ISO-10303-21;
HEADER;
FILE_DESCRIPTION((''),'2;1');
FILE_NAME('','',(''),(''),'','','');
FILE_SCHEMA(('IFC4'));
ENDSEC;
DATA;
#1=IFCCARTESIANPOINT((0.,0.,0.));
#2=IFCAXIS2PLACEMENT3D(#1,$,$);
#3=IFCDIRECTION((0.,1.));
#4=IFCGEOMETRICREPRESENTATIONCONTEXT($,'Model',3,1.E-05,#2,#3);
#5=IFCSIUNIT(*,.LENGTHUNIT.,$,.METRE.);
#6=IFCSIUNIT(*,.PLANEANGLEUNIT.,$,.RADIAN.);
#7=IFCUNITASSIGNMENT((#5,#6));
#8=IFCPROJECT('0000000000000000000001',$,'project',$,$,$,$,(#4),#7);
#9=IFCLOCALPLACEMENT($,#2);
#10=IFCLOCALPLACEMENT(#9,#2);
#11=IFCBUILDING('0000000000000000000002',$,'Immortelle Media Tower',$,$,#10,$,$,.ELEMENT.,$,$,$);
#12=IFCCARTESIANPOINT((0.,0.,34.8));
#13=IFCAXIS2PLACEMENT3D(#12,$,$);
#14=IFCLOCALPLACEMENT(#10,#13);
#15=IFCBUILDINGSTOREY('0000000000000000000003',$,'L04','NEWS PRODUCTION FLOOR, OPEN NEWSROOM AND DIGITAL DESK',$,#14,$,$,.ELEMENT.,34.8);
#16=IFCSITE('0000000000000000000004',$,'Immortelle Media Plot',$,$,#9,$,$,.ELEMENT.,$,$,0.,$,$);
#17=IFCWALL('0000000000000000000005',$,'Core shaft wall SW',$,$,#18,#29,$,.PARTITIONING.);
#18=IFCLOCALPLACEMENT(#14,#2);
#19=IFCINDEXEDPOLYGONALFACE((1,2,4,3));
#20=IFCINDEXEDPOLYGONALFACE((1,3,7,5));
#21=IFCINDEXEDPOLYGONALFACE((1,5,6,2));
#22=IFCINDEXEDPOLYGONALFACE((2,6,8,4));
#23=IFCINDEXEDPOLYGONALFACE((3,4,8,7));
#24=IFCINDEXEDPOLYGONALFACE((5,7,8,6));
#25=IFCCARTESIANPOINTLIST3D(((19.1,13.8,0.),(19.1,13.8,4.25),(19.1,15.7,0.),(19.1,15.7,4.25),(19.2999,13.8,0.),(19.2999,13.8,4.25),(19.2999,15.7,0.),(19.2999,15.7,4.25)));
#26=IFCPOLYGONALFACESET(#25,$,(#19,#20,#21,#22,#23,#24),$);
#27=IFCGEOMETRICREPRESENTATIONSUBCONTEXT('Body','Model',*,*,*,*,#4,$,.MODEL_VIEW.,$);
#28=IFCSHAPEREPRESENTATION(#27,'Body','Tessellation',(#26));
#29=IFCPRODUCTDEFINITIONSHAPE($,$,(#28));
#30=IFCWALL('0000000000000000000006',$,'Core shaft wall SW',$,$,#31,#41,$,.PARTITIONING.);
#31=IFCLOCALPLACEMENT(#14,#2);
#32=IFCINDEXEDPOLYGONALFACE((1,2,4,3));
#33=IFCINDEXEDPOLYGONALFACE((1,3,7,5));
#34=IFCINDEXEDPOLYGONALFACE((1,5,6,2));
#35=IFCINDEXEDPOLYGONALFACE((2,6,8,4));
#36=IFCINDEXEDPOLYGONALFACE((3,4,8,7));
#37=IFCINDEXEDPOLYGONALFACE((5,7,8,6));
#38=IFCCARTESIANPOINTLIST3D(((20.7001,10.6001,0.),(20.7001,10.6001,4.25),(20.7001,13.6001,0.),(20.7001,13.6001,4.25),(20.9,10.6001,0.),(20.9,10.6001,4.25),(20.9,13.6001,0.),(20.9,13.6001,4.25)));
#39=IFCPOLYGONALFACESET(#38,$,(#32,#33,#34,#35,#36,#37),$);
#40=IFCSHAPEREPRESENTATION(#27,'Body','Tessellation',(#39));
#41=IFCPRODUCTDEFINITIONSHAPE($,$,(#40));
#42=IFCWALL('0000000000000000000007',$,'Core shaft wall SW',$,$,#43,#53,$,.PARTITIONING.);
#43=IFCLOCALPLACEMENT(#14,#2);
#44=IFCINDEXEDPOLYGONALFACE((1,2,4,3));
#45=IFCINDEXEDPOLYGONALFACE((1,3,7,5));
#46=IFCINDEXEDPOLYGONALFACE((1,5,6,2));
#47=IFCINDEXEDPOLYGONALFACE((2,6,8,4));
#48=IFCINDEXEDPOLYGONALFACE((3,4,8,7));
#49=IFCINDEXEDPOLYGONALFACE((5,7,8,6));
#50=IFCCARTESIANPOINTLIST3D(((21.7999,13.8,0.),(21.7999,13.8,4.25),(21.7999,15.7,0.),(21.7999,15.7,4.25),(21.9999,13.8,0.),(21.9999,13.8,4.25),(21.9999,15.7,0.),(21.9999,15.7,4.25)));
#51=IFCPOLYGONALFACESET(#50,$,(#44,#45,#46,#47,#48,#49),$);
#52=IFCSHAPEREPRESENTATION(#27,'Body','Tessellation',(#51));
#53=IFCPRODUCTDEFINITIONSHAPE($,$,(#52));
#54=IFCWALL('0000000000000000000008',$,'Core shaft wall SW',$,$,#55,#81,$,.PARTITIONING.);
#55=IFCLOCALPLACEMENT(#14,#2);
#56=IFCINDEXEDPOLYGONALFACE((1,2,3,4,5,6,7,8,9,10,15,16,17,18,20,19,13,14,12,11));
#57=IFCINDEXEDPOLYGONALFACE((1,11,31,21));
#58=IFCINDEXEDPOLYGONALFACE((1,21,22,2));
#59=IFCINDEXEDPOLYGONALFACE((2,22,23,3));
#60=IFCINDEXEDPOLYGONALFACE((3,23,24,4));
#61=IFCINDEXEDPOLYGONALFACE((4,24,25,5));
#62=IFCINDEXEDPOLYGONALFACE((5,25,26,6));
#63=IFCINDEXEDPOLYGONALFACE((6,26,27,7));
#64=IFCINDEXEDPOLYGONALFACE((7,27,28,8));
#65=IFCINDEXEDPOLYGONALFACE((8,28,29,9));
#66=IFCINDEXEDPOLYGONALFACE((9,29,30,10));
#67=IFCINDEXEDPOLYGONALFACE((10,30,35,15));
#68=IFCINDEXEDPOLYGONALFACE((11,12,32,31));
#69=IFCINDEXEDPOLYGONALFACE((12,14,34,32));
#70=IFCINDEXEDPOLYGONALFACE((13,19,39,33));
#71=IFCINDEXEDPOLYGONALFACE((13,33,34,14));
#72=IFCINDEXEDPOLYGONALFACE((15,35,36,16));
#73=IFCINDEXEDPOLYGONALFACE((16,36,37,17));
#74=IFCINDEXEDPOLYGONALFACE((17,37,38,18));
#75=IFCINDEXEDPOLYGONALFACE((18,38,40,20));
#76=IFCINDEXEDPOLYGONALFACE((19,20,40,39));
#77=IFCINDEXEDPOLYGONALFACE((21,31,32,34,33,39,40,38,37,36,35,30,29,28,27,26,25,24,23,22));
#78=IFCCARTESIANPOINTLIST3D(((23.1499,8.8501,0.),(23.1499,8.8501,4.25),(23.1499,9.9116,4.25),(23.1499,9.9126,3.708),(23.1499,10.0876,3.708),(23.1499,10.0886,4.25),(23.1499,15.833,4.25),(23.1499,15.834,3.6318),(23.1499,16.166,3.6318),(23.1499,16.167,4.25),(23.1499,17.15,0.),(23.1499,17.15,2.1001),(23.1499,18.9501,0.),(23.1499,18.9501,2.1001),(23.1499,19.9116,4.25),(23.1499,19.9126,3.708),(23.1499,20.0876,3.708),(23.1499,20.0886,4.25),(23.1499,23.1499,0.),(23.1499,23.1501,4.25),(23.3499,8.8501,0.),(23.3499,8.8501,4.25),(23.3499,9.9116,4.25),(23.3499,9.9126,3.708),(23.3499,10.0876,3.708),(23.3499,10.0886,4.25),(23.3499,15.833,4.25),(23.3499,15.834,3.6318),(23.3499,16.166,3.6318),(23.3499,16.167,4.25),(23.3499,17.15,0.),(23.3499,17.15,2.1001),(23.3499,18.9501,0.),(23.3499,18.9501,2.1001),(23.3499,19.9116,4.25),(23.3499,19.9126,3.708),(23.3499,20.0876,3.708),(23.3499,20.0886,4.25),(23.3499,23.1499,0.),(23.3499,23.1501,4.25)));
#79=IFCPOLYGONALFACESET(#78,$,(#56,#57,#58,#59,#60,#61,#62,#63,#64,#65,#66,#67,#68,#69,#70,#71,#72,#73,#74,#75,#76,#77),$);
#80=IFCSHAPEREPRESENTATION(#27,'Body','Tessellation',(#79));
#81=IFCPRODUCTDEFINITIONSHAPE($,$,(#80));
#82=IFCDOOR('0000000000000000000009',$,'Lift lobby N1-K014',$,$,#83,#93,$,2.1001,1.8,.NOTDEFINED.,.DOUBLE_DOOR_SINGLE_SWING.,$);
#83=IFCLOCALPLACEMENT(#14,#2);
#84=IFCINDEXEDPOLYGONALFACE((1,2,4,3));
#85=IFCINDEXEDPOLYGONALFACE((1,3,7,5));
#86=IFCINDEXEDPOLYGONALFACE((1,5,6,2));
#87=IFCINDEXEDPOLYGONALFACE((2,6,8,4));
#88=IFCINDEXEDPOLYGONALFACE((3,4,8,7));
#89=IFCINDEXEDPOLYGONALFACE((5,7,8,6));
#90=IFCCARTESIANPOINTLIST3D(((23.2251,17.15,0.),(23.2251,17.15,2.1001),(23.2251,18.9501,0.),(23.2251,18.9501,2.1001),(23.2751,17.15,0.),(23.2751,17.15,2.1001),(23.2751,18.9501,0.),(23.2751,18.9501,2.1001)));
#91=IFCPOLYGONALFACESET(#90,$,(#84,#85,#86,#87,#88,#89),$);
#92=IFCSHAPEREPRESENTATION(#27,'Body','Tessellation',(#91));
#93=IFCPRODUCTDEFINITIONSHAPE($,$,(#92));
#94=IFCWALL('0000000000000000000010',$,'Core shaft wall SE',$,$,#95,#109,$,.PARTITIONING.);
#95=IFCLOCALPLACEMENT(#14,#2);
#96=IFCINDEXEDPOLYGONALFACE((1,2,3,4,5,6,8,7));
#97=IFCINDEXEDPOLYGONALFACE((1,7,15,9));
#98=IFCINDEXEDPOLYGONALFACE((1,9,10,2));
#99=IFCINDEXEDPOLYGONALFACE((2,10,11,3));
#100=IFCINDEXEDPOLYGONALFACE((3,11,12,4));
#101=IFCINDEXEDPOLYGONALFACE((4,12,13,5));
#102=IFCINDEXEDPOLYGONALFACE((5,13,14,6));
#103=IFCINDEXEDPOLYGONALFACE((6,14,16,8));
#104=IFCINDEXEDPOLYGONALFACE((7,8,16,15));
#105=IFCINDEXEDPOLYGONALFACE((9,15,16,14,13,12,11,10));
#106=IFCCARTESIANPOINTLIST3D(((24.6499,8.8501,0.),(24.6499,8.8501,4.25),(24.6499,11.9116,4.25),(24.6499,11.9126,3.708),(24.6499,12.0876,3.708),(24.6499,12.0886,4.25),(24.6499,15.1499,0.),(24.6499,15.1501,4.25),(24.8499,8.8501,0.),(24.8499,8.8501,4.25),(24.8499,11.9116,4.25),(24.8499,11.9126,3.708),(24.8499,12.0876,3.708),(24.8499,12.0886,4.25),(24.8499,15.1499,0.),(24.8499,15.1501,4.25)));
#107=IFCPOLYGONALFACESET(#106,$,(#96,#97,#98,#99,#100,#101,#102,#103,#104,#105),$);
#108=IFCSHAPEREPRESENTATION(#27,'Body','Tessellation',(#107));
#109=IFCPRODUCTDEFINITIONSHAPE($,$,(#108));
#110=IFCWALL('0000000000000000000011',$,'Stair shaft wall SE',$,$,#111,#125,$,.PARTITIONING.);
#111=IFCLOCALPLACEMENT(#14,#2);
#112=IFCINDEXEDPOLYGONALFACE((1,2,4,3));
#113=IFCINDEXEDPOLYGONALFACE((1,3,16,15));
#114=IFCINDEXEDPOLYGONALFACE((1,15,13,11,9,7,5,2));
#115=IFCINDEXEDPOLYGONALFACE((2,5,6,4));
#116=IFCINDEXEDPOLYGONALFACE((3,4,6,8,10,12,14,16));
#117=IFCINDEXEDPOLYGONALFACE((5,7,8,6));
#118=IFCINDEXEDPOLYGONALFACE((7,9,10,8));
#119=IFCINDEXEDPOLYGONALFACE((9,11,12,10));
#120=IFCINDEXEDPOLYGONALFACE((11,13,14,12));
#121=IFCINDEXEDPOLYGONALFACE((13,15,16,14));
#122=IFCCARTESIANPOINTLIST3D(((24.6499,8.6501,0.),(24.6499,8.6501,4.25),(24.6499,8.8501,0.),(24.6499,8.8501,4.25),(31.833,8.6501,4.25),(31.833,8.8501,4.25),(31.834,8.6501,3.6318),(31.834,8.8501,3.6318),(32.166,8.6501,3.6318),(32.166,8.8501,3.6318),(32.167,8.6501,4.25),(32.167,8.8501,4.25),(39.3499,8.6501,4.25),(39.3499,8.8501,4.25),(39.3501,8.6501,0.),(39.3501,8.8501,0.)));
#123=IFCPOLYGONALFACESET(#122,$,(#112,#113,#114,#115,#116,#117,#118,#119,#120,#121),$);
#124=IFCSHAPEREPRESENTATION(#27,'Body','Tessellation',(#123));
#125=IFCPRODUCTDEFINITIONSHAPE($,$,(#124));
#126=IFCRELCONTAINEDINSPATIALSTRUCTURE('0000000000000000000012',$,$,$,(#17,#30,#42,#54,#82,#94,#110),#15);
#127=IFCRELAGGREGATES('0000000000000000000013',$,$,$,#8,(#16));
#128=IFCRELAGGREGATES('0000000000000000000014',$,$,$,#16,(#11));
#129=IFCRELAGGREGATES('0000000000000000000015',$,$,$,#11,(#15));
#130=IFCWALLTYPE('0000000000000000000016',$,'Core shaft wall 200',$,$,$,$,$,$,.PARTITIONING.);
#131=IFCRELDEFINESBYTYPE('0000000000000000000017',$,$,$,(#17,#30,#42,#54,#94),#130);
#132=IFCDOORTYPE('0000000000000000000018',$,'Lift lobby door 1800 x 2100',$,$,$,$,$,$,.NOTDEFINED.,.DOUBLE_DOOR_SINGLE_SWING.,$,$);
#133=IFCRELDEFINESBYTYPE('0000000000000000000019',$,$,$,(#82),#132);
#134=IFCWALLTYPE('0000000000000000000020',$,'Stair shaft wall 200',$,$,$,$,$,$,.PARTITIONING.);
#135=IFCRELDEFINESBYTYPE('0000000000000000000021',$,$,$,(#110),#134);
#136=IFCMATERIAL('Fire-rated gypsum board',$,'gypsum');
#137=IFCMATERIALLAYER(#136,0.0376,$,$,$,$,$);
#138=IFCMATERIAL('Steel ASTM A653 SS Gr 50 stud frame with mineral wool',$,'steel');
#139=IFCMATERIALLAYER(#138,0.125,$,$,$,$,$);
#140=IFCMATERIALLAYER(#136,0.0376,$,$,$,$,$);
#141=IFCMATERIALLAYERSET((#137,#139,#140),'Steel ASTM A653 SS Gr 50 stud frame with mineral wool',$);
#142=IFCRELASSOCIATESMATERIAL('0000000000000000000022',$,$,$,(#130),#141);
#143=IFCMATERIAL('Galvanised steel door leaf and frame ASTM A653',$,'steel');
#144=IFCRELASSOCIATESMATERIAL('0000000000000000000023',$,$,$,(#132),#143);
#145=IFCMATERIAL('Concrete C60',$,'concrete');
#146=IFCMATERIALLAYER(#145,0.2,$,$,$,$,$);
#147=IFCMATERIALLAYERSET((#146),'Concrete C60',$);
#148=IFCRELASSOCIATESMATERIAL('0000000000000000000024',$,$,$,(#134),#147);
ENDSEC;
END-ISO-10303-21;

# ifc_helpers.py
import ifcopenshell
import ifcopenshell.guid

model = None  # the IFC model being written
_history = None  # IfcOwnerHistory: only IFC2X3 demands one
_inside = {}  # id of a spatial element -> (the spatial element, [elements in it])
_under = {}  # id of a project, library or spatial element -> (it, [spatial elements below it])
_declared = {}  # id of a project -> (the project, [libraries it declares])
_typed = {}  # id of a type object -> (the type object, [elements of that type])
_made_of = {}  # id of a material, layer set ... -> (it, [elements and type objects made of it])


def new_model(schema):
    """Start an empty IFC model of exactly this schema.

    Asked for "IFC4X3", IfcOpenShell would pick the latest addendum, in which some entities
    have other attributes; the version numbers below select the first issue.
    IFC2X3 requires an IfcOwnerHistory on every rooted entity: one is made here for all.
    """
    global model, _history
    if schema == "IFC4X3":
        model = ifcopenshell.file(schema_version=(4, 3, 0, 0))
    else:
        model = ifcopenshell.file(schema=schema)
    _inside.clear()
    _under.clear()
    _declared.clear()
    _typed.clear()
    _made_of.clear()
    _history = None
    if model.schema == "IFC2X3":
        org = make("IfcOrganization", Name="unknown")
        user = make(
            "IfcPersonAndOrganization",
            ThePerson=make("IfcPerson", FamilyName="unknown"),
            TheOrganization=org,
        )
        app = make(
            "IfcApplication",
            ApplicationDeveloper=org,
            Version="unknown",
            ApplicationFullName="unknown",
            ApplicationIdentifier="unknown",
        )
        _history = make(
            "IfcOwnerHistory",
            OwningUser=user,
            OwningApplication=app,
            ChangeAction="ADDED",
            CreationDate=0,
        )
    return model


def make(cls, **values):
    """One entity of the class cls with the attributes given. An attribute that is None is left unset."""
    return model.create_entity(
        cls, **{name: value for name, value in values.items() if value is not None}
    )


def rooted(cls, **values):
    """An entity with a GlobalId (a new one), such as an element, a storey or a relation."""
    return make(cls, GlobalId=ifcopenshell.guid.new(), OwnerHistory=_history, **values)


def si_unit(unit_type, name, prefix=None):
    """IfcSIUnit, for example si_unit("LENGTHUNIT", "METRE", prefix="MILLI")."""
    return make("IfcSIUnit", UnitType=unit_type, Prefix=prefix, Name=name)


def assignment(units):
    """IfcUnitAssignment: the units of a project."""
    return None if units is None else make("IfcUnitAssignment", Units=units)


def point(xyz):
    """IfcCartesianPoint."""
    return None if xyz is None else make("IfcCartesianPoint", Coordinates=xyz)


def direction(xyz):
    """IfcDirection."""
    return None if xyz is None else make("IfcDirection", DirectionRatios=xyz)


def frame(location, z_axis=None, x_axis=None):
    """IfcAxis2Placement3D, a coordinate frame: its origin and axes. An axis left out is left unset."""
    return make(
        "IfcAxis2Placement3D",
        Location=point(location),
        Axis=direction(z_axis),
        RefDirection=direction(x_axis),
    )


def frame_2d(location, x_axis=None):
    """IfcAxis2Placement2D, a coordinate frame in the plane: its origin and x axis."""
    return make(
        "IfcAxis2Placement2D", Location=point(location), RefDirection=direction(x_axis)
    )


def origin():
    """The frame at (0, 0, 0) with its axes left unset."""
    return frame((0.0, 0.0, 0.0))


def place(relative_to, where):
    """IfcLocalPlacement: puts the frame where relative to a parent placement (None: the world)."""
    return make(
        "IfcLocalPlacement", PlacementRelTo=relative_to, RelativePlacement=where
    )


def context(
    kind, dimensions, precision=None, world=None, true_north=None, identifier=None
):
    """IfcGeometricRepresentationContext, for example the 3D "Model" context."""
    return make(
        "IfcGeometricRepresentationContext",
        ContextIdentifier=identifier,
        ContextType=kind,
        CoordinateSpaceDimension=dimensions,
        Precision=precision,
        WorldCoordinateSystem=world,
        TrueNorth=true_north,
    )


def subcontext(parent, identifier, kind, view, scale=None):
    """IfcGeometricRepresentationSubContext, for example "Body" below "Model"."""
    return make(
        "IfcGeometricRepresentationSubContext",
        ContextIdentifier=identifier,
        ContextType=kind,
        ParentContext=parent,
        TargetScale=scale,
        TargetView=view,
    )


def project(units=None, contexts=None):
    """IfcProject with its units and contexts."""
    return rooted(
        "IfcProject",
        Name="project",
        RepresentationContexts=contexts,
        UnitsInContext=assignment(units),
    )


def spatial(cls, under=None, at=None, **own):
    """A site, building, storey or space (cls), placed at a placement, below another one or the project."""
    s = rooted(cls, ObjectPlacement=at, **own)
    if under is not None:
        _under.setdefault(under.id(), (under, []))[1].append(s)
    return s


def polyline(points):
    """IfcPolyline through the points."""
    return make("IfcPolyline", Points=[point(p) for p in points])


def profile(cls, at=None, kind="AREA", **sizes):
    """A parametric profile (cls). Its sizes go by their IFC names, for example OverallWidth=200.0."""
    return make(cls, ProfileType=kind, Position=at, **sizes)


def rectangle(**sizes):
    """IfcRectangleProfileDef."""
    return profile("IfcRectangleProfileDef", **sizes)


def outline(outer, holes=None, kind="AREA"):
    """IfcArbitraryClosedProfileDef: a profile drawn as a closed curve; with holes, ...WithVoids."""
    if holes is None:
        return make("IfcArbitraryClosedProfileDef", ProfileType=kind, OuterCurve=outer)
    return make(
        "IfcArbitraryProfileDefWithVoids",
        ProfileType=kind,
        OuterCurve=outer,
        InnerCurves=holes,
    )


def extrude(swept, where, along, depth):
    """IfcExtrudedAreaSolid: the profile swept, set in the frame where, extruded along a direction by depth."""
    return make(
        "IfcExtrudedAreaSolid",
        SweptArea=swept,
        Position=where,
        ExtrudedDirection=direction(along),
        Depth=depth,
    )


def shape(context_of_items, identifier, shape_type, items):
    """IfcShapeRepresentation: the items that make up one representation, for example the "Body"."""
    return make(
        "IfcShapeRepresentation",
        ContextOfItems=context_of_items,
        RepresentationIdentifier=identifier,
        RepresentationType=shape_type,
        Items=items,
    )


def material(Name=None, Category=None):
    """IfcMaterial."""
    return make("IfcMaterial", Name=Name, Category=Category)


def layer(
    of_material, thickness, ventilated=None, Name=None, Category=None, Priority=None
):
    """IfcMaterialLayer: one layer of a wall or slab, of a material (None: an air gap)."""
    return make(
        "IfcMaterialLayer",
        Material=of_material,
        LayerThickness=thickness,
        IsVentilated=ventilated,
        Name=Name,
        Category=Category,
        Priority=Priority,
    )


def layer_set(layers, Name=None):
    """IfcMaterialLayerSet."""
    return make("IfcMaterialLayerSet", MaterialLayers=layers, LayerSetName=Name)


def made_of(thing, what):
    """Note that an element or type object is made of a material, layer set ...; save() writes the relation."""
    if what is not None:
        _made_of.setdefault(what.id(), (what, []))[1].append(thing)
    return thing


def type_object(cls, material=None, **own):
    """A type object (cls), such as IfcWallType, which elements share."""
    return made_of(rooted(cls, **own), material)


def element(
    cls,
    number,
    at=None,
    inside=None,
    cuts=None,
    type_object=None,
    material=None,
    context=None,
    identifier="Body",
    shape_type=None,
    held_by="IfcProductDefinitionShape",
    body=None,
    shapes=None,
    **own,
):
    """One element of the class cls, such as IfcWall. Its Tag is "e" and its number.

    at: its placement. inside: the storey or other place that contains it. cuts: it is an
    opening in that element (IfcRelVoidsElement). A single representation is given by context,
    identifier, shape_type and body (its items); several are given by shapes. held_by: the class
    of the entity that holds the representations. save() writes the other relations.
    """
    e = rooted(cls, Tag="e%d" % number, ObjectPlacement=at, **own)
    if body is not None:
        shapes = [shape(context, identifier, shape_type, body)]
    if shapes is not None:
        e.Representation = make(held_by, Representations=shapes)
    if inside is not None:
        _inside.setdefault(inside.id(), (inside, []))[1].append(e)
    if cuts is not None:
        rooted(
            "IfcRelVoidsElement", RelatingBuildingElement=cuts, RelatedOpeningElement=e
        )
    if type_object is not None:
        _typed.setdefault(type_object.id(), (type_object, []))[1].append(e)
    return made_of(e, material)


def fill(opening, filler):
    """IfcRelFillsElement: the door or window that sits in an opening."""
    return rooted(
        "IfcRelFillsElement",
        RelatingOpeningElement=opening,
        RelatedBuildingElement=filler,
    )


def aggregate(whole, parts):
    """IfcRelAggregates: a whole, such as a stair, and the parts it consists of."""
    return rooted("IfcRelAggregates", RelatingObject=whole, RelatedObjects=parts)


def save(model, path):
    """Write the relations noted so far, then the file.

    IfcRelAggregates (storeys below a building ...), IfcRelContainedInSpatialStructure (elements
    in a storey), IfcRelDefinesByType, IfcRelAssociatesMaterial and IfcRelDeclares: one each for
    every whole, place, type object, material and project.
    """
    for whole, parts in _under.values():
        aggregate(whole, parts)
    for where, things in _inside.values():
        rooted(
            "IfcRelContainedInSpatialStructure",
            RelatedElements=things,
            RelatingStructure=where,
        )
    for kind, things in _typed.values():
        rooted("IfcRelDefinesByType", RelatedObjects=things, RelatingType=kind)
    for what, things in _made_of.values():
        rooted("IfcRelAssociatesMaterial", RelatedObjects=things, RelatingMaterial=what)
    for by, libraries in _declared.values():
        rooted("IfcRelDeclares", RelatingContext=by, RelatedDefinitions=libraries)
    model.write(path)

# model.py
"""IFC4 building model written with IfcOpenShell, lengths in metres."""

from ifc_helpers import new_model, si_unit, direction, frame, frame_2d, origin, place, context, subcontext, project, spatial, polyline, rectangle, outline, extrude, material, layer, layer_set, type_object, element, fill, save


model = new_model("IFC4")

# Units and contexts
model_context = context("Model", 3, precision=1e-05, world=origin(), true_north=direction((0.0, 1.0)))
body_context = subcontext(model_context, "Body", "Model", "MODEL_VIEW")
ifc_project = project(units=[si_unit("LENGTHUNIT", "METRE"), si_unit("PLANEANGLEUNIT", "RADIAN")], contexts=[model_context])

# Site, building, storey
site_placement = place(None, origin())
site = spatial("IfcSite", under=ifc_project, at=site_placement, Name="Immortelle Media Plot", CompositionType="ELEMENT", RefElevation=0.0)
building_placement = place(site_placement, origin())
building = spatial("IfcBuilding", under=site, at=building_placement, Name="Immortelle Media Tower", CompositionType="ELEMENT")
storey_placement = place(building_placement, frame((0.0, 0.0, 34.8)))
storey = spatial("IfcBuildingStorey", under=building, at=storey_placement, Name="L04", Description="NEWS PRODUCTION FLOOR, OPEN NEWSROOM AND DIGITAL DESK", CompositionType="ELEMENT", Elevation=34.8)

# Shared definitions
ifc_material_1 = material(Name="Fire-rated gypsum board", Category="gypsum")
ifc_material_2 = material(Name="Steel ASTM A653 SS Gr 50 stud frame with mineral wool", Category="steel")

# Walls
ifc_layer_1 = layer(ifc_material_1, 0.0376)
ifc_layer_2 = layer(ifc_material_2, 0.125)
ifc_layer_3 = layer(ifc_material_1, 0.0376)
ifc_layer_set_1 = layer_set([ifc_layer_1, ifc_layer_2, ifc_layer_3], Name="Steel ASTM A653 SS Gr 50 stud frame with mineral wool")
wall_type_1 = type_object("IfcWallType", Name="Core shaft wall 200", PredefinedType="PARTITIONING", material=ifc_layer_set_1)
wall_1_placement = place(storey_placement, frame((19.2, 13.8, 0.0), z_axis=(0.0, 0.0, 1.0), x_axis=(0.0, 1.0, 0.0)))
element("IfcWall", 1, at=wall_1_placement, inside=storey, type_object=wall_type_1, Name="Core shaft wall SW", PredefinedType="PARTITIONING", context=body_context, shape_type="SweptSolid", body=[
    extrude(rectangle(XDim=1.8999, YDim=0.2, at=frame_2d((0.95, 0.0))), origin(), (0.0, 0.0, 1.0), 4.25),
])
wall_2_placement = place(storey_placement, frame((20.8, 10.6001, 0.0), z_axis=(0.0, 0.0, 1.0), x_axis=(0.0, 1.0, 0.0)))
element("IfcWall", 2, at=wall_2_placement, inside=storey, type_object=wall_type_1, Name="Core shaft wall SW", PredefinedType="PARTITIONING", context=body_context, shape_type="SweptSolid", body=[
    extrude(rectangle(XDim=3.0, YDim=0.2, at=frame_2d((1.5, 0.0))), origin(), (0.0, 0.0, 1.0), 4.25),
])
wall_3_placement = place(storey_placement, frame((21.8999, 13.8, 0.0), z_axis=(0.0, 0.0, 1.0), x_axis=(0.0, 1.0, 0.0)))
element("IfcWall", 3, at=wall_3_placement, inside=storey, type_object=wall_type_1, Name="Core shaft wall SW", PredefinedType="PARTITIONING", context=body_context, shape_type="SweptSolid", body=[
    extrude(rectangle(XDim=1.8999, YDim=0.2, at=frame_2d((0.95, 0.0))), origin(), (0.0, 0.0, 1.0), 4.25),
])

# Wall, opening, door
wall_4_placement = place(storey_placement, frame((23.25, 8.8501, 0.0), z_axis=(0.0, 0.0, 1.0), x_axis=(0.0, 1.0, 0.0)))
wall_4 = element("IfcWall", 4, at=wall_4_placement, inside=storey, type_object=wall_type_1, Name="Core shaft wall SW", PredefinedType="PARTITIONING", context=body_context, shape_type="SweptSolid", body=[
    extrude(outline(polyline([(0.0, 0.0), (14.2998, 0.0), (14.3, 4.25), (11.2385, 4.25), (11.2375, 3.708), (11.0625, 3.708), (11.0615, 4.25), (7.3169, 4.25), (7.3159, 3.6318), (6.9839, 3.6318), (6.9829, 4.25), (1.2385, 4.25), (1.2375, 3.708), (1.0625, 3.708), (1.0615, 4.25), (0.0, 4.25), (0.0, 0.0)])), frame((0.0, 0.1001, 0.0), z_axis=(0.0, -1.0, 0.0), x_axis=(1.0, 0.0, 0.0)), (0.0, 0.0, 1.0), 0.2),
])
opening_1_placement = place(wall_4_placement, frame((8.3, 0.0, 0.0)))
opening_1 = element("IfcOpeningElement", 5, at=opening_1_placement, cuts=wall_4, PredefinedType="OPENING", context=body_context, shape_type="SweptSolid", body=[
    extrude(rectangle(XDim=1.8, YDim=2.1001, at=frame_2d((0.8999, 1.05))), frame((0.0, 0.1099, 0.0), z_axis=(0.0, -1.0, 0.0), x_axis=(1.0, 0.0, 0.0)), (0.0, 0.0, 1.0), 0.22),
])
ifc_material_3 = material(Name="Galvanised steel door leaf and frame ASTM A653", Category="steel")
door_type_1 = type_object("IfcDoorType", Name="Lift lobby door 1800 x 2100", OperationType="DOUBLE_DOOR_SINGLE_SWING", PredefinedType="NOTDEFINED", material=ifc_material_3)
door_1_placement = place(opening_1_placement, origin())
door_1 = element("IfcDoor", 6, at=door_1_placement, inside=storey, type_object=door_type_1, Name="Lift lobby N1-K014", OperationType="DOUBLE_DOOR_SINGLE_SWING", OverallHeight=2.1001, OverallWidth=1.8, PredefinedType="NOTDEFINED", context=body_context, shape_type="SweptSolid", body=[
    extrude(rectangle(XDim=1.8, YDim=2.1001, at=frame_2d((0.8999, 1.05))), frame((0.0, 0.0249, 0.0), z_axis=(0.0, -1.0, 0.0), x_axis=(1.0, 0.0, 0.0)), (0.0, 0.0, 1.0), 0.05),
])
fill(opening_1, door_1)

# Walls
wall_5_placement = place(storey_placement, frame((24.75, 8.8501, 0.0), z_axis=(0.0, 0.0, 1.0), x_axis=(0.0, 1.0, 0.0)))
element("IfcWall", 7, at=wall_5_placement, inside=storey, type_object=wall_type_1, Name="Core shaft wall SE", PredefinedType="PARTITIONING", context=body_context, shape_type="SweptSolid", body=[
    extrude(outline(polyline([(0.0, 0.0), (6.2998, 0.0), (6.3, 4.25), (3.2385, 4.25), (3.2375, 3.708), (3.0625, 3.708), (3.0615, 4.25), (0.0, 4.25), (0.0, 0.0)])), frame((0.0, 0.1001, 0.0), z_axis=(0.0, -1.0, 0.0), x_axis=(1.0, 0.0, 0.0)), (0.0, 0.0, 1.0), 0.2),
])
ifc_material_4 = material(Name="Concrete C60", Category="concrete")
ifc_layer_4 = layer(ifc_material_4, 0.2)
ifc_layer_set_2 = layer_set([ifc_layer_4], Name="Concrete C60")
wall_type_2 = type_object("IfcWallType", Name="Stair shaft wall 200", PredefinedType="PARTITIONING", material=ifc_layer_set_2)
wall_6_placement = place(storey_placement, frame((24.6499, 8.75, 0.0), z_axis=(0.0, 0.0, 1.0), x_axis=(1.0, 0.0, 0.0)))
element("IfcWall", 8, at=wall_6_placement, inside=storey, type_object=wall_type_2, Name="Stair shaft wall SE", PredefinedType="PARTITIONING", context=body_context, shape_type="SweptSolid", body=[
    extrude(outline(polyline([(0.0, 0.0), (14.7002, 0.0), (14.7, 4.25), (7.5171, 4.25), (7.5161, 3.6318), (7.1841, 3.6318), (7.1831, 4.25), (0.0, 4.25), (0.0, 0.0)])), frame((0.0, 0.1001, 0.0), z_axis=(0.0, -1.0, 0.0), x_axis=(1.0, 0.0, 0.0)), (0.0, 0.0, 1.0), 0.2),
])

save(model, "model.ifc")
